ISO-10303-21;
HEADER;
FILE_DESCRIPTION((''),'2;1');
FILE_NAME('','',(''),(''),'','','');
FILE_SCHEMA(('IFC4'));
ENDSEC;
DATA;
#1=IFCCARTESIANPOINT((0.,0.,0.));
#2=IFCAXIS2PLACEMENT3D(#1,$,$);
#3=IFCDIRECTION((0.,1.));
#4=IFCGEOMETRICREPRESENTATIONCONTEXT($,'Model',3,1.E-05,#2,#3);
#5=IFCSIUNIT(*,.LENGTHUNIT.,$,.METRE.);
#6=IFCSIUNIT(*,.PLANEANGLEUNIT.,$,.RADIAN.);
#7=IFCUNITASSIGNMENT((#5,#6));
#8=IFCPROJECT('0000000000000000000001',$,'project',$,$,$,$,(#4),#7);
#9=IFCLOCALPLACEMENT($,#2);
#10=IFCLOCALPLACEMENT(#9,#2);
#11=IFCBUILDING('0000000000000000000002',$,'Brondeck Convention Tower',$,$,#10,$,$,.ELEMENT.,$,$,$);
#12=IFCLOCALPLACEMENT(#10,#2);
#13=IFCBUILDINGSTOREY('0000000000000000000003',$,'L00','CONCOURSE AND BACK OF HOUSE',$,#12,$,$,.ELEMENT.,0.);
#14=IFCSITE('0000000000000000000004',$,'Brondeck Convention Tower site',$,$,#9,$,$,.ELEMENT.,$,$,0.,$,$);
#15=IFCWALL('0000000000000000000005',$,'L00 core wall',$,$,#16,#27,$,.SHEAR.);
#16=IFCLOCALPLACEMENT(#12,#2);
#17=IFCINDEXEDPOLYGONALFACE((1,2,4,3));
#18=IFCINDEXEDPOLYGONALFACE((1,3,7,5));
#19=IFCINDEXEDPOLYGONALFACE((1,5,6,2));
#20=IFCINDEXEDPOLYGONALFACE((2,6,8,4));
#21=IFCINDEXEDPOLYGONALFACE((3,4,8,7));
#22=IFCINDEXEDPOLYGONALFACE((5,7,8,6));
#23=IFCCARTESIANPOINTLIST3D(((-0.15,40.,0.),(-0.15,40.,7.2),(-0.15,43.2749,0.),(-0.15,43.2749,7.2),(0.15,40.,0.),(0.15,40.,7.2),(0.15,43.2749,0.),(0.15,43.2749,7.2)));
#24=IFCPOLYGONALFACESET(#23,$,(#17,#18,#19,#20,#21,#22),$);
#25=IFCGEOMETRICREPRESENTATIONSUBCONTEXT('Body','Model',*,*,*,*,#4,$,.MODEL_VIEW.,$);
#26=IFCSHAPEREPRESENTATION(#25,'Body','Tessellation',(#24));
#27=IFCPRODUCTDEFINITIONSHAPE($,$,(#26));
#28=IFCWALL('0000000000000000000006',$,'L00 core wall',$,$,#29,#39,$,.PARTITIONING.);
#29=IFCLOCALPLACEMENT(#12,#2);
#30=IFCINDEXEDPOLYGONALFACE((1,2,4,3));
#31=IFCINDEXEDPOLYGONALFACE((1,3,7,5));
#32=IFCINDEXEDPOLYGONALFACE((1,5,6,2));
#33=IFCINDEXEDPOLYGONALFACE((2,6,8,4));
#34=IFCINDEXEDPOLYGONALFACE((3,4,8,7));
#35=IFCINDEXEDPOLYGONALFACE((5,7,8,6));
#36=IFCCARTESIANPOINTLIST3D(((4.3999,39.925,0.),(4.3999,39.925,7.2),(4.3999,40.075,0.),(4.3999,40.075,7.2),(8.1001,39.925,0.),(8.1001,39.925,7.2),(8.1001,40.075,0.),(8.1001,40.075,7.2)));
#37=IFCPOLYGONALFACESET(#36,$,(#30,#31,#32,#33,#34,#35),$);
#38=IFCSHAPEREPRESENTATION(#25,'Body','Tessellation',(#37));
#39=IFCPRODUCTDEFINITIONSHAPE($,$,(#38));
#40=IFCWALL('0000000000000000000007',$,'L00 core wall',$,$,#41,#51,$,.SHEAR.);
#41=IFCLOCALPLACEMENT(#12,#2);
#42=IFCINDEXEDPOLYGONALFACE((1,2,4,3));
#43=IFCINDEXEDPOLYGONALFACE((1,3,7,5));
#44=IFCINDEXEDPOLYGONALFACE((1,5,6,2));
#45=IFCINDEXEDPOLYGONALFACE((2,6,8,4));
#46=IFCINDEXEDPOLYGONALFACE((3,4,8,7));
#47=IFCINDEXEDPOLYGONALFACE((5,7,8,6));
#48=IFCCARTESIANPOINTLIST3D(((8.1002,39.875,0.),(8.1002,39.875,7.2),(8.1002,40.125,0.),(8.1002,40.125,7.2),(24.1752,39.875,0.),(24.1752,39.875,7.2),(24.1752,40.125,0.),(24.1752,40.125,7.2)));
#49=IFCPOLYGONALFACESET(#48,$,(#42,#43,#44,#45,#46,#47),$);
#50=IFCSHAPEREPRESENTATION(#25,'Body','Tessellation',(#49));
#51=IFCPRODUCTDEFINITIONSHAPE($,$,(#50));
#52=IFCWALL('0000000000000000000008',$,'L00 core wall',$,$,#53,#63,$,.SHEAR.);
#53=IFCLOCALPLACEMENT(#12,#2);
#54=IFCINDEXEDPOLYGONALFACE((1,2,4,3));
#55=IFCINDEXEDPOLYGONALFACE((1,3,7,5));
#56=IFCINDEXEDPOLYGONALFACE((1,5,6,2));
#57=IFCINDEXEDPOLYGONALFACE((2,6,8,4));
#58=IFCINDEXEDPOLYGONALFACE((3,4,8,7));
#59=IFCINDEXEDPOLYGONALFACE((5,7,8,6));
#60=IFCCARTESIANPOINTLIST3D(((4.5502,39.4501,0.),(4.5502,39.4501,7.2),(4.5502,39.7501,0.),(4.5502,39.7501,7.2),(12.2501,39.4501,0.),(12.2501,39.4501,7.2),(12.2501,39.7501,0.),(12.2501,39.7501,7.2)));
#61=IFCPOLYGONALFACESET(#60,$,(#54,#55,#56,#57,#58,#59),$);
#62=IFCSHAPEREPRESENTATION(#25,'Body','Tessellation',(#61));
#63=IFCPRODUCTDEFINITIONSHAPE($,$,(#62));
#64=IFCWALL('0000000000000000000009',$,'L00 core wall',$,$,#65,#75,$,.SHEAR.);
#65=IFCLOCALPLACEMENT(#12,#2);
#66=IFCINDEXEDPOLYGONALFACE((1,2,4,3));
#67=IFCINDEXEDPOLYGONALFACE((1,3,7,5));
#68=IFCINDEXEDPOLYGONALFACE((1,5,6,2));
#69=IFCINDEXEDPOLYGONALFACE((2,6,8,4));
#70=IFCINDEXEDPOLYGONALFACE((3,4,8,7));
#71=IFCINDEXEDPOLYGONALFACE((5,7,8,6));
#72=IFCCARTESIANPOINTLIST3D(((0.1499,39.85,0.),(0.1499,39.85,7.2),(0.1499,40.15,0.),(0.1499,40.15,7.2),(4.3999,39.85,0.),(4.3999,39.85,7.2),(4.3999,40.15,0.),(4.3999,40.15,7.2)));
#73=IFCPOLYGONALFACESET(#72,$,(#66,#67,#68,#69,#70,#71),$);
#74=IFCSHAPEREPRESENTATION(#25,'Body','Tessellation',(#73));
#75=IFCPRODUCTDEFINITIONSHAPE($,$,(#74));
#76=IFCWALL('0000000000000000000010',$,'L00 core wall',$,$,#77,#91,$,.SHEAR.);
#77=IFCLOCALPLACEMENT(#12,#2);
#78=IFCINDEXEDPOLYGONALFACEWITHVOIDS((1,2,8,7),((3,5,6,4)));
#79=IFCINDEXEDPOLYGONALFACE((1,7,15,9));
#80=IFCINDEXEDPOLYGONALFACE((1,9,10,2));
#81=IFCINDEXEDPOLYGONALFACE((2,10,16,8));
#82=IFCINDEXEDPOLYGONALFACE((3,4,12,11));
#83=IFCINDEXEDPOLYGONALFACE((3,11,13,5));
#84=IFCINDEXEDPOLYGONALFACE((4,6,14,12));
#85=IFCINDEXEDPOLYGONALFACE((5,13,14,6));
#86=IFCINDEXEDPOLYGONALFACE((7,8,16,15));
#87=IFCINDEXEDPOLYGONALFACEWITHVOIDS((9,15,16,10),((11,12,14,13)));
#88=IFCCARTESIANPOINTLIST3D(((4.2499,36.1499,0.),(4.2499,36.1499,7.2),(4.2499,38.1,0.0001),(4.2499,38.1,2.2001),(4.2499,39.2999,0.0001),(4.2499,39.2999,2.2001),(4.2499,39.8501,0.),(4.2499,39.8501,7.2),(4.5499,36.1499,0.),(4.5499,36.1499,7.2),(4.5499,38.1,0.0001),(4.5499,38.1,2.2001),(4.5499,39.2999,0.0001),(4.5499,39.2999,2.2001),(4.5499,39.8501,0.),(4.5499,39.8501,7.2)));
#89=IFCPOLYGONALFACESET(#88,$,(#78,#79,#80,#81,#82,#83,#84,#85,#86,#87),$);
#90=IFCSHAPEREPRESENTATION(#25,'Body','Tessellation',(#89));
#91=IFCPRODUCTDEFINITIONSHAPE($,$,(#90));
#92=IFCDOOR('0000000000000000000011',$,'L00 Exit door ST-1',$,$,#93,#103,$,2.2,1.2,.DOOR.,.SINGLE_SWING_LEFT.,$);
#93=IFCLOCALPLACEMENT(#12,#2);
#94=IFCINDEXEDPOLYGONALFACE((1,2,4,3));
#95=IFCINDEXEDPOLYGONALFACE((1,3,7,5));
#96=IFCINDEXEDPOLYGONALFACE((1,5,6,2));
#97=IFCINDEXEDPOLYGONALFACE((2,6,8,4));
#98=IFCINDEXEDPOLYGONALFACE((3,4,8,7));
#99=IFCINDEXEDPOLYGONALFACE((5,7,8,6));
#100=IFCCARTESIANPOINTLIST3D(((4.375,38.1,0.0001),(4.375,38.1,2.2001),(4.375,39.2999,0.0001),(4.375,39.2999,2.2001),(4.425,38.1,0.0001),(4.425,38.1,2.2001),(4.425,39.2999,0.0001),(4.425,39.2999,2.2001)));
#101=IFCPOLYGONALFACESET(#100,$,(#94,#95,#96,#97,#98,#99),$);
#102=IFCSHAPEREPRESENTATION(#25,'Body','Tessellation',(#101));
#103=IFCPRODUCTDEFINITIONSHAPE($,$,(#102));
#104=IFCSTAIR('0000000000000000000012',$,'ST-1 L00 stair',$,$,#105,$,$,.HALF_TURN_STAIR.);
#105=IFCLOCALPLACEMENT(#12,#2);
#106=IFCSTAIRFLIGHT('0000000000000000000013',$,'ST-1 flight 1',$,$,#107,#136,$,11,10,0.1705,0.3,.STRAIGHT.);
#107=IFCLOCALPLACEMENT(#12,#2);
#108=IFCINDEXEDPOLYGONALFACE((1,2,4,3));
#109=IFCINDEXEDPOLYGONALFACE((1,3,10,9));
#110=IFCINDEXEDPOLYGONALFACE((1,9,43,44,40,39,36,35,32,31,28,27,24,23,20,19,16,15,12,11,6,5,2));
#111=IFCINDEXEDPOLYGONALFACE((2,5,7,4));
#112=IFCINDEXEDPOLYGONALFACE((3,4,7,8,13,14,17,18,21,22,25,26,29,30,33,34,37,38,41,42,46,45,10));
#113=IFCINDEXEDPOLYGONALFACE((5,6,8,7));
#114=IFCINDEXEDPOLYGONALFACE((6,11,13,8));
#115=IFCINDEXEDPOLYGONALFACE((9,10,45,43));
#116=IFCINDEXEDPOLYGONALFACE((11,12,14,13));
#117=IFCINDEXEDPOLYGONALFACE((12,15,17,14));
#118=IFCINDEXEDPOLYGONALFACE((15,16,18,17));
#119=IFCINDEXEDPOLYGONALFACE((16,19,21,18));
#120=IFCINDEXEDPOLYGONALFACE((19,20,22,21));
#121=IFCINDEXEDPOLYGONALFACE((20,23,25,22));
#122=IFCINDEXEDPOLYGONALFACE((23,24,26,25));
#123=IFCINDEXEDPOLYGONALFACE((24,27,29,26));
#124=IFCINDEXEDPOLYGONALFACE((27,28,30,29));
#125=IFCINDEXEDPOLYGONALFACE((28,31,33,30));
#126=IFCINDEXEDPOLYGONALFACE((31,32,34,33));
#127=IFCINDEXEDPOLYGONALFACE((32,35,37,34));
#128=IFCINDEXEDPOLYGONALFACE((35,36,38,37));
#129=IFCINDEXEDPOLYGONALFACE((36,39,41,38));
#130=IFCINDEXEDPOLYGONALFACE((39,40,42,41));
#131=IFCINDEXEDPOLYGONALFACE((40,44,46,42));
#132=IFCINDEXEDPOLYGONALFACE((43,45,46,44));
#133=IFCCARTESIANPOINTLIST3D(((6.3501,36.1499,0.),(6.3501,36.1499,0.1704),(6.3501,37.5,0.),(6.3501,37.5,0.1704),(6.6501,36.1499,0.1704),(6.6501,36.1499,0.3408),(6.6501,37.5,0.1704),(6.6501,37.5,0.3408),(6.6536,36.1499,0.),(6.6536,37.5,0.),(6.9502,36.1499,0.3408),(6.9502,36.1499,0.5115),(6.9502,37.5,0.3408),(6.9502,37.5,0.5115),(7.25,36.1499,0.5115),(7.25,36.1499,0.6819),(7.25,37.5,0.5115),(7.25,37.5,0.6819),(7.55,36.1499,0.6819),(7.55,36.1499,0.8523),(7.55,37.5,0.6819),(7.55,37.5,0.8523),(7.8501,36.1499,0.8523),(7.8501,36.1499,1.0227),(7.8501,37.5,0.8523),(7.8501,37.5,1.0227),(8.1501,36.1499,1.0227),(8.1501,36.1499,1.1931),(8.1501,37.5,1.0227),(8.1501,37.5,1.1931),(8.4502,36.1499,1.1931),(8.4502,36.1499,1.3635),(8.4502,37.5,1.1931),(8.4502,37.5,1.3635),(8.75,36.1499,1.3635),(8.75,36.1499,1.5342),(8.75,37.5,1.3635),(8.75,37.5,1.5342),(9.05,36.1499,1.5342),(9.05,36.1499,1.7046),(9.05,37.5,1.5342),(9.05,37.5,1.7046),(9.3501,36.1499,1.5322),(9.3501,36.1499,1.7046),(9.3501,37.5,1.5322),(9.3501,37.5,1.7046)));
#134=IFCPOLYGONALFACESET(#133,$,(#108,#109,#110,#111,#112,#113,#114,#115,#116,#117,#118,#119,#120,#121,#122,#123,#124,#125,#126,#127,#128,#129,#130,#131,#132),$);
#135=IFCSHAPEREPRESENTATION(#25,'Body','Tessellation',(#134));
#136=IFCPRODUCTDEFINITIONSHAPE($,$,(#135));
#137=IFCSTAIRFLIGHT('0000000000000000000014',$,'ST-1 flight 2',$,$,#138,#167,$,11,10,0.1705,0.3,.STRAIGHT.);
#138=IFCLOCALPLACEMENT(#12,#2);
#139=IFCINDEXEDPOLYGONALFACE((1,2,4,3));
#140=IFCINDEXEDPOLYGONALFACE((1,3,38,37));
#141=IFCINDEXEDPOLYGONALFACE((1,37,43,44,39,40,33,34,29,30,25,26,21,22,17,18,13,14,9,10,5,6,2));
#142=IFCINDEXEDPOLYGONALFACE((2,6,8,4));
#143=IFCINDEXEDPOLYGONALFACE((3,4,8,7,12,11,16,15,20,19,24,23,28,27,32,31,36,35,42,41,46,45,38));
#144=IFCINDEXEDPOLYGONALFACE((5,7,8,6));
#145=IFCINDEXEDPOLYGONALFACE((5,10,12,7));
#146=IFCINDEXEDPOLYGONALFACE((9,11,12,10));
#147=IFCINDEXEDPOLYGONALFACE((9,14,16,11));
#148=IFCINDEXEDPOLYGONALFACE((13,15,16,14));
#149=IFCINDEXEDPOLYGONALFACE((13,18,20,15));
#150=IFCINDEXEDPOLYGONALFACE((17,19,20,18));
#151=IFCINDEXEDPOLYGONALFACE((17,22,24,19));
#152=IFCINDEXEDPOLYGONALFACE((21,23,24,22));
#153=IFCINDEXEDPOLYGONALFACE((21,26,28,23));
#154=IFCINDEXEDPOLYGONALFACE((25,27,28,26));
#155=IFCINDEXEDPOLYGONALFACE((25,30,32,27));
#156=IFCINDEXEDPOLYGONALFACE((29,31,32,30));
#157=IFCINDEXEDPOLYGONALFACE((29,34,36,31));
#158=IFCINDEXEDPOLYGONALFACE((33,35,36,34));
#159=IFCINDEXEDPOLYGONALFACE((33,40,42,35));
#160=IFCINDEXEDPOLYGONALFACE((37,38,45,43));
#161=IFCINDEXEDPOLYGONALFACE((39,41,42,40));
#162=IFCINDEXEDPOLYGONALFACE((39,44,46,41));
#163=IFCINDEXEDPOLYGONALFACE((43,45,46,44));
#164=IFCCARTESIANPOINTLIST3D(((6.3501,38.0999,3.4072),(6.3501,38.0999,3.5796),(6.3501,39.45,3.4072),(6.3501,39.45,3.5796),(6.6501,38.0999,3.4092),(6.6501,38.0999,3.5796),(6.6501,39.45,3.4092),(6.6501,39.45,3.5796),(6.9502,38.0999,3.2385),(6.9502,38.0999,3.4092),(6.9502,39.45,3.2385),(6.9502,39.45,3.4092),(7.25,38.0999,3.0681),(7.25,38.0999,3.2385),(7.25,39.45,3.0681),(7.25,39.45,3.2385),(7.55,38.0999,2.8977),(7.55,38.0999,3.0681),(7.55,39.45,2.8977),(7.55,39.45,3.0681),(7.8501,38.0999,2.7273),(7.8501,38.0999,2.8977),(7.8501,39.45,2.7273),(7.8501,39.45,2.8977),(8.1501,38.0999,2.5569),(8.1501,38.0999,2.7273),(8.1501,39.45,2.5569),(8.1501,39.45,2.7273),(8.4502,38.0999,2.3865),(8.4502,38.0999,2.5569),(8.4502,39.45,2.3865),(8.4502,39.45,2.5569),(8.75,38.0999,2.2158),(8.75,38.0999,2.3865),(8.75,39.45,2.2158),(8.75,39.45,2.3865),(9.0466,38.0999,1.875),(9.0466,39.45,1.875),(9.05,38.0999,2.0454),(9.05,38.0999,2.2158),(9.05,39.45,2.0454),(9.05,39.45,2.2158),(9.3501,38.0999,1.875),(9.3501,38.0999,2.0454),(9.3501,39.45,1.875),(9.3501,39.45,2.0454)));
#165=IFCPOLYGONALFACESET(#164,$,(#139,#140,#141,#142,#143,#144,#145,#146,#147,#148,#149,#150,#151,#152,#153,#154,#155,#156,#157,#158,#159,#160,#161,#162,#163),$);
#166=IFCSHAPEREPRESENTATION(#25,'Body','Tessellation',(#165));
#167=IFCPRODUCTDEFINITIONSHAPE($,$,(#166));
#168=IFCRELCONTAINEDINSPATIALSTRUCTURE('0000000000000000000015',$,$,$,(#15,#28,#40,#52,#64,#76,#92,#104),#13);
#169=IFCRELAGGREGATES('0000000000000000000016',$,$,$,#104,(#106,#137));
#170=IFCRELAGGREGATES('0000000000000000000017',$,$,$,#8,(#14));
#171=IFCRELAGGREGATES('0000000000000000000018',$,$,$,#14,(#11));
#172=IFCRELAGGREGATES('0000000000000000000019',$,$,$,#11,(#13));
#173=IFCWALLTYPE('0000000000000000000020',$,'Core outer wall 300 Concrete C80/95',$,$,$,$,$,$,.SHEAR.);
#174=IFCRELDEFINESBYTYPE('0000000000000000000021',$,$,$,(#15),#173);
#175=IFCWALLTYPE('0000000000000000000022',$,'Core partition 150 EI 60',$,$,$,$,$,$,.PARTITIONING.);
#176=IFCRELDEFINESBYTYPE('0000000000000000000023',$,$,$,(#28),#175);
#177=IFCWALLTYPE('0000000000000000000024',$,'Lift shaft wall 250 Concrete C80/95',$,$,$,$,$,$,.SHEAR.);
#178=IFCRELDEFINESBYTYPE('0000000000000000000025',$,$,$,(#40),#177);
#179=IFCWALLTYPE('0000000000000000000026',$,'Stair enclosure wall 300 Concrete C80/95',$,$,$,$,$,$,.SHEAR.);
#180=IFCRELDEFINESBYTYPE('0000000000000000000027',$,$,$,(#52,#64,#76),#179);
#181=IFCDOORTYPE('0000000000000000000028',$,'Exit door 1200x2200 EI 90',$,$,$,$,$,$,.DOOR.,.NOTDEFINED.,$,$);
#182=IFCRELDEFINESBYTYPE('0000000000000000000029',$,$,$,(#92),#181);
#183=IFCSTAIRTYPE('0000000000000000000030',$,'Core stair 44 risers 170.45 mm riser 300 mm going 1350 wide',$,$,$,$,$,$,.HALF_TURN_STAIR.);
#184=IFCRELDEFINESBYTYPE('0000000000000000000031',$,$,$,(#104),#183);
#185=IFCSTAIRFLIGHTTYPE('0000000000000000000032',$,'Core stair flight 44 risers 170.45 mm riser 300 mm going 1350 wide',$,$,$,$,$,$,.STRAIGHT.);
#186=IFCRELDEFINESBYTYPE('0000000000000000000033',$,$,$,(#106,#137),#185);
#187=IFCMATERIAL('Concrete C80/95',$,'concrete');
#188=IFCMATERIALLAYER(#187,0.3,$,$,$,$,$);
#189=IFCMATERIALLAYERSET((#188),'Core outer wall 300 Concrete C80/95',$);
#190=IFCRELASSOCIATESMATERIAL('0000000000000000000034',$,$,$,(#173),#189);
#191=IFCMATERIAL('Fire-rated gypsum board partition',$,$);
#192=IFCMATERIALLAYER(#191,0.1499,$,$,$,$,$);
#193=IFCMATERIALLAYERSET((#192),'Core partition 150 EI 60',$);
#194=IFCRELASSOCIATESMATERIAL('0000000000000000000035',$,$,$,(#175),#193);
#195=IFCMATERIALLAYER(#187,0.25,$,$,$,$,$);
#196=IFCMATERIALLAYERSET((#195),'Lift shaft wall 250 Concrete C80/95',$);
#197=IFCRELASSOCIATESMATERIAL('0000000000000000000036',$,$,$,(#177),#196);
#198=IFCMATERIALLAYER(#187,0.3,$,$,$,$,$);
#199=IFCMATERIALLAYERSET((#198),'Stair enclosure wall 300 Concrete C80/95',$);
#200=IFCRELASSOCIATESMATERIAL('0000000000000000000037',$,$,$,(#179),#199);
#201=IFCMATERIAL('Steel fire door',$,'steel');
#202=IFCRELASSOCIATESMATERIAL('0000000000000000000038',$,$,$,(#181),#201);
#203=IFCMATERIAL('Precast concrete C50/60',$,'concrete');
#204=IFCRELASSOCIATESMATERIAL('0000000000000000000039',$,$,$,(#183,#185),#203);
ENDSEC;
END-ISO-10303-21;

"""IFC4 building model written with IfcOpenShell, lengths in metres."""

from ifc_helpers import new_model, si_unit, direction, frame, frame_2d, origin, place, context, subcontext, project, spatial, polyline, rectangle, outline, extrude, material, layer, layer_set, type_object, element, fill, aggregate, save


model = new_model("IFC4")

# Units and contexts
model_context = context("Model", 3, precision=1e-05, world=origin(), true_north=direction((0.0, 1.0)))
body_context = subcontext(model_context, "Body", "Model", "MODEL_VIEW")
ifc_project = project(units=[si_unit("LENGTHUNIT", "METRE"), si_unit("PLANEANGLEUNIT", "RADIAN")], contexts=[model_context])

# Site, building, storey
site_placement = place(None, origin())
site = spatial("IfcSite", under=ifc_project, at=site_placement, Name="Brondeck Convention Tower site", CompositionType="ELEMENT", RefElevation=0.0)
building_placement = place(site_placement, origin())
building = spatial("IfcBuilding", under=site, at=building_placement, Name="Brondeck Convention Tower", CompositionType="ELEMENT")
storey_placement = place(building_placement, origin())
storey = spatial("IfcBuildingStorey", under=building, at=storey_placement, Name="L00", Description="CONCOURSE AND BACK OF HOUSE", CompositionType="ELEMENT", Elevation=0.0)

# Walls
ifc_material_1 = material(Name="Concrete C80/95", Category="concrete")
ifc_layer_1 = layer(ifc_material_1, 0.3)
ifc_layer_set_1 = layer_set([ifc_layer_1], Name="Core outer wall 300 Concrete C80/95")
wall_type_1 = type_object("IfcWallType", Name="Core outer wall 300 Concrete C80/95", PredefinedType="SHEAR", material=ifc_layer_set_1)
wall_1_placement = place(storey_placement, frame((0.0, 40.0, 0.0), z_axis=(0.0, 0.0, 1.0), x_axis=(0.0, 1.0, 0.0)))
element("IfcWall", 1, at=wall_1_placement, inside=storey, type_object=wall_type_1, Name="L00 core wall", PredefinedType="SHEAR", context=body_context, shape_type="SweptSolid", body=[
    extrude(rectangle(XDim=3.2749, YDim=0.3, at=frame_2d((1.6375, 0.0))), origin(), (0.0, 0.0, 1.0), 7.2),
])
ifc_material_2 = material(Name="Fire-rated gypsum board partition")
ifc_layer_2 = layer(ifc_material_2, 0.1499)
ifc_layer_set_2 = layer_set([ifc_layer_2], Name="Core partition 150 EI 60")
wall_type_2 = type_object("IfcWallType", Name="Core partition 150 EI 60", PredefinedType="PARTITIONING", material=ifc_layer_set_2)
wall_2_placement = place(storey_placement, frame((4.3999, 40.0, 0.0), z_axis=(0.0, 0.0, 1.0), x_axis=(1.0, 0.0, 0.0)))
element("IfcWall", 2, at=wall_2_placement, inside=storey, type_object=wall_type_2, Name="L00 core wall", PredefinedType="PARTITIONING", context=body_context, shape_type="SweptSolid", body=[
    extrude(rectangle(XDim=3.7002, YDim=0.1499, at=frame_2d((1.8501, 0.0))), origin(), (0.0, 0.0, 1.0), 7.2),
])
ifc_layer_3 = layer(ifc_material_1, 0.25)
ifc_layer_set_3 = layer_set([ifc_layer_3], Name="Lift shaft wall 250 Concrete C80/95")
wall_type_3 = type_object("IfcWallType", Name="Lift shaft wall 250 Concrete C80/95", PredefinedType="SHEAR", material=ifc_layer_set_3)
wall_3_placement = place(storey_placement, frame((8.1001, 40.0, 0.0), z_axis=(0.0, 0.0, 1.0), x_axis=(1.0, 0.0, 0.0)))
element("IfcWall", 3, at=wall_3_placement, inside=storey, type_object=wall_type_3, Name="L00 core wall", PredefinedType="SHEAR", context=body_context, shape_type="SweptSolid", body=[
    extrude(rectangle(XDim=16.075, YDim=0.25, at=frame_2d((8.0376, 0.0))), origin(), (0.0, 0.0, 1.0), 7.2),
])
ifc_layer_4 = layer(ifc_material_1, 0.3)
ifc_layer_set_4 = layer_set([ifc_layer_4], Name="Stair enclosure wall 300 Concrete C80/95")
wall_type_4 = type_object("IfcWallType", Name="Stair enclosure wall 300 Concrete C80/95", PredefinedType="SHEAR", material=ifc_layer_set_4)
wall_4_placement = place(storey_placement, frame((4.55, 39.6001, 0.0), z_axis=(0.0, 0.0, 1.0), x_axis=(1.0, 0.0, 0.0)))
element("IfcWall", 4, at=wall_4_placement, inside=storey, type_object=wall_type_4, Name="L00 core wall", PredefinedType="SHEAR", context=body_context, shape_type="SweptSolid", body=[
    extrude(rectangle(XDim=7.7, YDim=0.3, at=frame_2d((3.8501, 0.0))), origin(), (0.0, 0.0, 1.0), 7.2),
])
wall_5_placement = place(storey_placement, frame((0.1499, 40.0, 0.0), z_axis=(0.0, 0.0, 1.0), x_axis=(1.0, 0.0, 0.0)))
element("IfcWall", 5, at=wall_5_placement, inside=storey, type_object=wall_type_4, Name="L00 core wall", PredefinedType="SHEAR", context=body_context, shape_type="SweptSolid", body=[
    extrude(rectangle(XDim=4.25, YDim=0.3, at=frame_2d((2.125, 0.0))), origin(), (0.0, 0.0, 1.0), 7.2),
])

# Wall, opening, door
wall_6_placement = place(storey_placement, frame((4.3999, 36.1499, 0.0), z_axis=(0.0, 0.0, 1.0), x_axis=(0.0, 1.0, 0.0)))
wall_6 = element("IfcWall", 6, at=wall_6_placement, inside=storey, type_object=wall_type_4, Name="L00 core wall", PredefinedType="SHEAR", context=body_context, shape_type="SweptSolid", body=[
    extrude(rectangle(XDim=3.7002, YDim=0.3, at=frame_2d((1.8501, 0.0))), origin(), (0.0, 0.0, 1.0), 7.2),
])
opening_placement = place(wall_6_placement, frame((1.95, 0.0, 0.0)))
opening = element("IfcOpeningElement", 7, at=opening_placement, cuts=wall_6, PredefinedType="OPENING", context=body_context, shape_type="SweptSolid", body=[
    extrude(rectangle(XDim=1.2, YDim=2.2, at=frame_2d((0.6001, 1.1001))), frame((0.0, 0.1599, 0.0), z_axis=(0.0, -1.0, 0.0), x_axis=(1.0, 0.0, 0.0)), (0.0, 0.0, 1.0), 0.3201),
])
ifc_material_3 = material(Name="Steel fire door", Category="steel")
door_type = type_object("IfcDoorType", Name="Exit door 1200x2200 EI 90", OperationType="NOTDEFINED", PredefinedType="DOOR", material=ifc_material_3)
door_placement = place(opening_placement, origin())
door = element("IfcDoor", 8, at=door_placement, inside=storey, type_object=door_type, Name="L00 Exit door ST-1", OperationType="SINGLE_SWING_LEFT", OverallHeight=2.2, OverallWidth=1.2, PredefinedType="DOOR", context=body_context, shape_type="SweptSolid", body=[
    extrude(rectangle(XDim=1.2, YDim=2.2, at=frame_2d((0.6001, 1.1001))), frame((0.0, 0.0249, 0.0), z_axis=(0.0, -1.0, 0.0), x_axis=(1.0, 0.0, 0.0)), (0.0, 0.0, 1.0), 0.05),
])
fill(opening, door)

# Stair, stair flights
ifc_material_4 = material(Name="Precast concrete C50/60", Category="concrete")
stair_type = type_object("IfcStairType", Name="Core stair 44 risers 170.45 mm riser 300 mm going 1350 wide", PredefinedType="HALF_TURN_STAIR", material=ifc_material_4)
stair_placement = place(storey_placement, origin())
stair = element("IfcStair", 9, at=stair_placement, inside=storey, type_object=stair_type, Name="ST-1 L00 stair", PredefinedType="HALF_TURN_STAIR")
stair_flight_type = type_object("IfcStairFlightType", Name="Core stair flight 44 risers 170.45 mm riser 300 mm going 1350 wide", PredefinedType="STRAIGHT", material=ifc_material_4)
stair_flight_1_placement = place(storey_placement, frame((6.3501, 36.825, 0.0), z_axis=(0.0, 0.0, 1.0), x_axis=(1.0, 0.0, 0.0)))
stair_flight_1 = element("IfcStairFlight", 10, at=stair_flight_1_placement, type_object=stair_flight_type, Name="ST-1 flight 1", NumberOfRisers=11, NumberOfTreads=10, PredefinedType="STRAIGHT", RiserHeight=0.1705, TreadLength=0.3, context=body_context, shape_type="SweptSolid", body=[
    extrude(outline(polyline([(0.0, 0.0), (0.0, 0.1704), (0.3, 0.1704), (0.3, 0.3408), (0.6001, 0.3408), (0.6001, 0.5115), (0.8999, 0.5115), (0.8999, 0.6819), (1.2, 0.6819), (1.2, 0.8523), (1.5, 0.8523), (1.5, 1.0227), (1.8, 1.0227), (1.8, 1.1931), (2.1001, 1.1931), (2.1001, 1.3635), (2.3999, 1.3635), (2.3999, 1.5342), (2.7, 1.5342), (2.7, 1.7046), (3.0, 1.7046), (3.0, 1.875), (3.0, 1.5322), (0.3035, 0.0), (0.0, 0.0)])), frame((0.0, 0.675, 0.0), z_axis=(0.0, -1.0, 0.0), x_axis=(1.0, 0.0, 0.0)), (0.0, 0.0, 1.0), 1.3501),
])
stair_flight_2_placement = place(storey_placement, frame((9.3501, 38.7749, 1.875), z_axis=(0.0, 0.0, 1.0), x_axis=(-1.0, 0.0, 0.0)))
stair_flight_2 = element("IfcStairFlight", 11, at=stair_flight_2_placement, type_object=stair_flight_type, Name="ST-1 flight 2", NumberOfRisers=11, NumberOfTreads=10, PredefinedType="STRAIGHT", RiserHeight=0.1705, TreadLength=0.3, context=body_context, shape_type="SweptSolid", body=[
    extrude(outline(polyline([(0.0, 0.0), (0.0, 0.1704), (0.3, 0.1704), (0.3, 0.3408), (0.6001, 0.3408), (0.6001, 0.5115), (0.8999, 0.5115), (0.8999, 0.6819), (1.2, 0.6819), (1.2, 0.8523), (1.5, 0.8523), (1.5, 1.0227), (1.8, 1.0227), (1.8, 1.1931), (2.1001, 1.1931), (2.1001, 1.3635), (2.3999, 1.3635), (2.3999, 1.5342), (2.7, 1.5342), (2.7, 1.7046), (3.0, 1.7046), (3.0, 1.875), (3.0, 1.5322), (0.3035, 0.0), (0.0, 0.0)])), frame((0.0, 0.675, 0.0), z_axis=(0.0, -1.0, 0.0), x_axis=(1.0, 0.0, 0.0)), (0.0, 0.0, 1.0), 1.3501),
])
aggregate(stair, [stair_flight_1, stair_flight_2])

save(model, "model.ifc")
